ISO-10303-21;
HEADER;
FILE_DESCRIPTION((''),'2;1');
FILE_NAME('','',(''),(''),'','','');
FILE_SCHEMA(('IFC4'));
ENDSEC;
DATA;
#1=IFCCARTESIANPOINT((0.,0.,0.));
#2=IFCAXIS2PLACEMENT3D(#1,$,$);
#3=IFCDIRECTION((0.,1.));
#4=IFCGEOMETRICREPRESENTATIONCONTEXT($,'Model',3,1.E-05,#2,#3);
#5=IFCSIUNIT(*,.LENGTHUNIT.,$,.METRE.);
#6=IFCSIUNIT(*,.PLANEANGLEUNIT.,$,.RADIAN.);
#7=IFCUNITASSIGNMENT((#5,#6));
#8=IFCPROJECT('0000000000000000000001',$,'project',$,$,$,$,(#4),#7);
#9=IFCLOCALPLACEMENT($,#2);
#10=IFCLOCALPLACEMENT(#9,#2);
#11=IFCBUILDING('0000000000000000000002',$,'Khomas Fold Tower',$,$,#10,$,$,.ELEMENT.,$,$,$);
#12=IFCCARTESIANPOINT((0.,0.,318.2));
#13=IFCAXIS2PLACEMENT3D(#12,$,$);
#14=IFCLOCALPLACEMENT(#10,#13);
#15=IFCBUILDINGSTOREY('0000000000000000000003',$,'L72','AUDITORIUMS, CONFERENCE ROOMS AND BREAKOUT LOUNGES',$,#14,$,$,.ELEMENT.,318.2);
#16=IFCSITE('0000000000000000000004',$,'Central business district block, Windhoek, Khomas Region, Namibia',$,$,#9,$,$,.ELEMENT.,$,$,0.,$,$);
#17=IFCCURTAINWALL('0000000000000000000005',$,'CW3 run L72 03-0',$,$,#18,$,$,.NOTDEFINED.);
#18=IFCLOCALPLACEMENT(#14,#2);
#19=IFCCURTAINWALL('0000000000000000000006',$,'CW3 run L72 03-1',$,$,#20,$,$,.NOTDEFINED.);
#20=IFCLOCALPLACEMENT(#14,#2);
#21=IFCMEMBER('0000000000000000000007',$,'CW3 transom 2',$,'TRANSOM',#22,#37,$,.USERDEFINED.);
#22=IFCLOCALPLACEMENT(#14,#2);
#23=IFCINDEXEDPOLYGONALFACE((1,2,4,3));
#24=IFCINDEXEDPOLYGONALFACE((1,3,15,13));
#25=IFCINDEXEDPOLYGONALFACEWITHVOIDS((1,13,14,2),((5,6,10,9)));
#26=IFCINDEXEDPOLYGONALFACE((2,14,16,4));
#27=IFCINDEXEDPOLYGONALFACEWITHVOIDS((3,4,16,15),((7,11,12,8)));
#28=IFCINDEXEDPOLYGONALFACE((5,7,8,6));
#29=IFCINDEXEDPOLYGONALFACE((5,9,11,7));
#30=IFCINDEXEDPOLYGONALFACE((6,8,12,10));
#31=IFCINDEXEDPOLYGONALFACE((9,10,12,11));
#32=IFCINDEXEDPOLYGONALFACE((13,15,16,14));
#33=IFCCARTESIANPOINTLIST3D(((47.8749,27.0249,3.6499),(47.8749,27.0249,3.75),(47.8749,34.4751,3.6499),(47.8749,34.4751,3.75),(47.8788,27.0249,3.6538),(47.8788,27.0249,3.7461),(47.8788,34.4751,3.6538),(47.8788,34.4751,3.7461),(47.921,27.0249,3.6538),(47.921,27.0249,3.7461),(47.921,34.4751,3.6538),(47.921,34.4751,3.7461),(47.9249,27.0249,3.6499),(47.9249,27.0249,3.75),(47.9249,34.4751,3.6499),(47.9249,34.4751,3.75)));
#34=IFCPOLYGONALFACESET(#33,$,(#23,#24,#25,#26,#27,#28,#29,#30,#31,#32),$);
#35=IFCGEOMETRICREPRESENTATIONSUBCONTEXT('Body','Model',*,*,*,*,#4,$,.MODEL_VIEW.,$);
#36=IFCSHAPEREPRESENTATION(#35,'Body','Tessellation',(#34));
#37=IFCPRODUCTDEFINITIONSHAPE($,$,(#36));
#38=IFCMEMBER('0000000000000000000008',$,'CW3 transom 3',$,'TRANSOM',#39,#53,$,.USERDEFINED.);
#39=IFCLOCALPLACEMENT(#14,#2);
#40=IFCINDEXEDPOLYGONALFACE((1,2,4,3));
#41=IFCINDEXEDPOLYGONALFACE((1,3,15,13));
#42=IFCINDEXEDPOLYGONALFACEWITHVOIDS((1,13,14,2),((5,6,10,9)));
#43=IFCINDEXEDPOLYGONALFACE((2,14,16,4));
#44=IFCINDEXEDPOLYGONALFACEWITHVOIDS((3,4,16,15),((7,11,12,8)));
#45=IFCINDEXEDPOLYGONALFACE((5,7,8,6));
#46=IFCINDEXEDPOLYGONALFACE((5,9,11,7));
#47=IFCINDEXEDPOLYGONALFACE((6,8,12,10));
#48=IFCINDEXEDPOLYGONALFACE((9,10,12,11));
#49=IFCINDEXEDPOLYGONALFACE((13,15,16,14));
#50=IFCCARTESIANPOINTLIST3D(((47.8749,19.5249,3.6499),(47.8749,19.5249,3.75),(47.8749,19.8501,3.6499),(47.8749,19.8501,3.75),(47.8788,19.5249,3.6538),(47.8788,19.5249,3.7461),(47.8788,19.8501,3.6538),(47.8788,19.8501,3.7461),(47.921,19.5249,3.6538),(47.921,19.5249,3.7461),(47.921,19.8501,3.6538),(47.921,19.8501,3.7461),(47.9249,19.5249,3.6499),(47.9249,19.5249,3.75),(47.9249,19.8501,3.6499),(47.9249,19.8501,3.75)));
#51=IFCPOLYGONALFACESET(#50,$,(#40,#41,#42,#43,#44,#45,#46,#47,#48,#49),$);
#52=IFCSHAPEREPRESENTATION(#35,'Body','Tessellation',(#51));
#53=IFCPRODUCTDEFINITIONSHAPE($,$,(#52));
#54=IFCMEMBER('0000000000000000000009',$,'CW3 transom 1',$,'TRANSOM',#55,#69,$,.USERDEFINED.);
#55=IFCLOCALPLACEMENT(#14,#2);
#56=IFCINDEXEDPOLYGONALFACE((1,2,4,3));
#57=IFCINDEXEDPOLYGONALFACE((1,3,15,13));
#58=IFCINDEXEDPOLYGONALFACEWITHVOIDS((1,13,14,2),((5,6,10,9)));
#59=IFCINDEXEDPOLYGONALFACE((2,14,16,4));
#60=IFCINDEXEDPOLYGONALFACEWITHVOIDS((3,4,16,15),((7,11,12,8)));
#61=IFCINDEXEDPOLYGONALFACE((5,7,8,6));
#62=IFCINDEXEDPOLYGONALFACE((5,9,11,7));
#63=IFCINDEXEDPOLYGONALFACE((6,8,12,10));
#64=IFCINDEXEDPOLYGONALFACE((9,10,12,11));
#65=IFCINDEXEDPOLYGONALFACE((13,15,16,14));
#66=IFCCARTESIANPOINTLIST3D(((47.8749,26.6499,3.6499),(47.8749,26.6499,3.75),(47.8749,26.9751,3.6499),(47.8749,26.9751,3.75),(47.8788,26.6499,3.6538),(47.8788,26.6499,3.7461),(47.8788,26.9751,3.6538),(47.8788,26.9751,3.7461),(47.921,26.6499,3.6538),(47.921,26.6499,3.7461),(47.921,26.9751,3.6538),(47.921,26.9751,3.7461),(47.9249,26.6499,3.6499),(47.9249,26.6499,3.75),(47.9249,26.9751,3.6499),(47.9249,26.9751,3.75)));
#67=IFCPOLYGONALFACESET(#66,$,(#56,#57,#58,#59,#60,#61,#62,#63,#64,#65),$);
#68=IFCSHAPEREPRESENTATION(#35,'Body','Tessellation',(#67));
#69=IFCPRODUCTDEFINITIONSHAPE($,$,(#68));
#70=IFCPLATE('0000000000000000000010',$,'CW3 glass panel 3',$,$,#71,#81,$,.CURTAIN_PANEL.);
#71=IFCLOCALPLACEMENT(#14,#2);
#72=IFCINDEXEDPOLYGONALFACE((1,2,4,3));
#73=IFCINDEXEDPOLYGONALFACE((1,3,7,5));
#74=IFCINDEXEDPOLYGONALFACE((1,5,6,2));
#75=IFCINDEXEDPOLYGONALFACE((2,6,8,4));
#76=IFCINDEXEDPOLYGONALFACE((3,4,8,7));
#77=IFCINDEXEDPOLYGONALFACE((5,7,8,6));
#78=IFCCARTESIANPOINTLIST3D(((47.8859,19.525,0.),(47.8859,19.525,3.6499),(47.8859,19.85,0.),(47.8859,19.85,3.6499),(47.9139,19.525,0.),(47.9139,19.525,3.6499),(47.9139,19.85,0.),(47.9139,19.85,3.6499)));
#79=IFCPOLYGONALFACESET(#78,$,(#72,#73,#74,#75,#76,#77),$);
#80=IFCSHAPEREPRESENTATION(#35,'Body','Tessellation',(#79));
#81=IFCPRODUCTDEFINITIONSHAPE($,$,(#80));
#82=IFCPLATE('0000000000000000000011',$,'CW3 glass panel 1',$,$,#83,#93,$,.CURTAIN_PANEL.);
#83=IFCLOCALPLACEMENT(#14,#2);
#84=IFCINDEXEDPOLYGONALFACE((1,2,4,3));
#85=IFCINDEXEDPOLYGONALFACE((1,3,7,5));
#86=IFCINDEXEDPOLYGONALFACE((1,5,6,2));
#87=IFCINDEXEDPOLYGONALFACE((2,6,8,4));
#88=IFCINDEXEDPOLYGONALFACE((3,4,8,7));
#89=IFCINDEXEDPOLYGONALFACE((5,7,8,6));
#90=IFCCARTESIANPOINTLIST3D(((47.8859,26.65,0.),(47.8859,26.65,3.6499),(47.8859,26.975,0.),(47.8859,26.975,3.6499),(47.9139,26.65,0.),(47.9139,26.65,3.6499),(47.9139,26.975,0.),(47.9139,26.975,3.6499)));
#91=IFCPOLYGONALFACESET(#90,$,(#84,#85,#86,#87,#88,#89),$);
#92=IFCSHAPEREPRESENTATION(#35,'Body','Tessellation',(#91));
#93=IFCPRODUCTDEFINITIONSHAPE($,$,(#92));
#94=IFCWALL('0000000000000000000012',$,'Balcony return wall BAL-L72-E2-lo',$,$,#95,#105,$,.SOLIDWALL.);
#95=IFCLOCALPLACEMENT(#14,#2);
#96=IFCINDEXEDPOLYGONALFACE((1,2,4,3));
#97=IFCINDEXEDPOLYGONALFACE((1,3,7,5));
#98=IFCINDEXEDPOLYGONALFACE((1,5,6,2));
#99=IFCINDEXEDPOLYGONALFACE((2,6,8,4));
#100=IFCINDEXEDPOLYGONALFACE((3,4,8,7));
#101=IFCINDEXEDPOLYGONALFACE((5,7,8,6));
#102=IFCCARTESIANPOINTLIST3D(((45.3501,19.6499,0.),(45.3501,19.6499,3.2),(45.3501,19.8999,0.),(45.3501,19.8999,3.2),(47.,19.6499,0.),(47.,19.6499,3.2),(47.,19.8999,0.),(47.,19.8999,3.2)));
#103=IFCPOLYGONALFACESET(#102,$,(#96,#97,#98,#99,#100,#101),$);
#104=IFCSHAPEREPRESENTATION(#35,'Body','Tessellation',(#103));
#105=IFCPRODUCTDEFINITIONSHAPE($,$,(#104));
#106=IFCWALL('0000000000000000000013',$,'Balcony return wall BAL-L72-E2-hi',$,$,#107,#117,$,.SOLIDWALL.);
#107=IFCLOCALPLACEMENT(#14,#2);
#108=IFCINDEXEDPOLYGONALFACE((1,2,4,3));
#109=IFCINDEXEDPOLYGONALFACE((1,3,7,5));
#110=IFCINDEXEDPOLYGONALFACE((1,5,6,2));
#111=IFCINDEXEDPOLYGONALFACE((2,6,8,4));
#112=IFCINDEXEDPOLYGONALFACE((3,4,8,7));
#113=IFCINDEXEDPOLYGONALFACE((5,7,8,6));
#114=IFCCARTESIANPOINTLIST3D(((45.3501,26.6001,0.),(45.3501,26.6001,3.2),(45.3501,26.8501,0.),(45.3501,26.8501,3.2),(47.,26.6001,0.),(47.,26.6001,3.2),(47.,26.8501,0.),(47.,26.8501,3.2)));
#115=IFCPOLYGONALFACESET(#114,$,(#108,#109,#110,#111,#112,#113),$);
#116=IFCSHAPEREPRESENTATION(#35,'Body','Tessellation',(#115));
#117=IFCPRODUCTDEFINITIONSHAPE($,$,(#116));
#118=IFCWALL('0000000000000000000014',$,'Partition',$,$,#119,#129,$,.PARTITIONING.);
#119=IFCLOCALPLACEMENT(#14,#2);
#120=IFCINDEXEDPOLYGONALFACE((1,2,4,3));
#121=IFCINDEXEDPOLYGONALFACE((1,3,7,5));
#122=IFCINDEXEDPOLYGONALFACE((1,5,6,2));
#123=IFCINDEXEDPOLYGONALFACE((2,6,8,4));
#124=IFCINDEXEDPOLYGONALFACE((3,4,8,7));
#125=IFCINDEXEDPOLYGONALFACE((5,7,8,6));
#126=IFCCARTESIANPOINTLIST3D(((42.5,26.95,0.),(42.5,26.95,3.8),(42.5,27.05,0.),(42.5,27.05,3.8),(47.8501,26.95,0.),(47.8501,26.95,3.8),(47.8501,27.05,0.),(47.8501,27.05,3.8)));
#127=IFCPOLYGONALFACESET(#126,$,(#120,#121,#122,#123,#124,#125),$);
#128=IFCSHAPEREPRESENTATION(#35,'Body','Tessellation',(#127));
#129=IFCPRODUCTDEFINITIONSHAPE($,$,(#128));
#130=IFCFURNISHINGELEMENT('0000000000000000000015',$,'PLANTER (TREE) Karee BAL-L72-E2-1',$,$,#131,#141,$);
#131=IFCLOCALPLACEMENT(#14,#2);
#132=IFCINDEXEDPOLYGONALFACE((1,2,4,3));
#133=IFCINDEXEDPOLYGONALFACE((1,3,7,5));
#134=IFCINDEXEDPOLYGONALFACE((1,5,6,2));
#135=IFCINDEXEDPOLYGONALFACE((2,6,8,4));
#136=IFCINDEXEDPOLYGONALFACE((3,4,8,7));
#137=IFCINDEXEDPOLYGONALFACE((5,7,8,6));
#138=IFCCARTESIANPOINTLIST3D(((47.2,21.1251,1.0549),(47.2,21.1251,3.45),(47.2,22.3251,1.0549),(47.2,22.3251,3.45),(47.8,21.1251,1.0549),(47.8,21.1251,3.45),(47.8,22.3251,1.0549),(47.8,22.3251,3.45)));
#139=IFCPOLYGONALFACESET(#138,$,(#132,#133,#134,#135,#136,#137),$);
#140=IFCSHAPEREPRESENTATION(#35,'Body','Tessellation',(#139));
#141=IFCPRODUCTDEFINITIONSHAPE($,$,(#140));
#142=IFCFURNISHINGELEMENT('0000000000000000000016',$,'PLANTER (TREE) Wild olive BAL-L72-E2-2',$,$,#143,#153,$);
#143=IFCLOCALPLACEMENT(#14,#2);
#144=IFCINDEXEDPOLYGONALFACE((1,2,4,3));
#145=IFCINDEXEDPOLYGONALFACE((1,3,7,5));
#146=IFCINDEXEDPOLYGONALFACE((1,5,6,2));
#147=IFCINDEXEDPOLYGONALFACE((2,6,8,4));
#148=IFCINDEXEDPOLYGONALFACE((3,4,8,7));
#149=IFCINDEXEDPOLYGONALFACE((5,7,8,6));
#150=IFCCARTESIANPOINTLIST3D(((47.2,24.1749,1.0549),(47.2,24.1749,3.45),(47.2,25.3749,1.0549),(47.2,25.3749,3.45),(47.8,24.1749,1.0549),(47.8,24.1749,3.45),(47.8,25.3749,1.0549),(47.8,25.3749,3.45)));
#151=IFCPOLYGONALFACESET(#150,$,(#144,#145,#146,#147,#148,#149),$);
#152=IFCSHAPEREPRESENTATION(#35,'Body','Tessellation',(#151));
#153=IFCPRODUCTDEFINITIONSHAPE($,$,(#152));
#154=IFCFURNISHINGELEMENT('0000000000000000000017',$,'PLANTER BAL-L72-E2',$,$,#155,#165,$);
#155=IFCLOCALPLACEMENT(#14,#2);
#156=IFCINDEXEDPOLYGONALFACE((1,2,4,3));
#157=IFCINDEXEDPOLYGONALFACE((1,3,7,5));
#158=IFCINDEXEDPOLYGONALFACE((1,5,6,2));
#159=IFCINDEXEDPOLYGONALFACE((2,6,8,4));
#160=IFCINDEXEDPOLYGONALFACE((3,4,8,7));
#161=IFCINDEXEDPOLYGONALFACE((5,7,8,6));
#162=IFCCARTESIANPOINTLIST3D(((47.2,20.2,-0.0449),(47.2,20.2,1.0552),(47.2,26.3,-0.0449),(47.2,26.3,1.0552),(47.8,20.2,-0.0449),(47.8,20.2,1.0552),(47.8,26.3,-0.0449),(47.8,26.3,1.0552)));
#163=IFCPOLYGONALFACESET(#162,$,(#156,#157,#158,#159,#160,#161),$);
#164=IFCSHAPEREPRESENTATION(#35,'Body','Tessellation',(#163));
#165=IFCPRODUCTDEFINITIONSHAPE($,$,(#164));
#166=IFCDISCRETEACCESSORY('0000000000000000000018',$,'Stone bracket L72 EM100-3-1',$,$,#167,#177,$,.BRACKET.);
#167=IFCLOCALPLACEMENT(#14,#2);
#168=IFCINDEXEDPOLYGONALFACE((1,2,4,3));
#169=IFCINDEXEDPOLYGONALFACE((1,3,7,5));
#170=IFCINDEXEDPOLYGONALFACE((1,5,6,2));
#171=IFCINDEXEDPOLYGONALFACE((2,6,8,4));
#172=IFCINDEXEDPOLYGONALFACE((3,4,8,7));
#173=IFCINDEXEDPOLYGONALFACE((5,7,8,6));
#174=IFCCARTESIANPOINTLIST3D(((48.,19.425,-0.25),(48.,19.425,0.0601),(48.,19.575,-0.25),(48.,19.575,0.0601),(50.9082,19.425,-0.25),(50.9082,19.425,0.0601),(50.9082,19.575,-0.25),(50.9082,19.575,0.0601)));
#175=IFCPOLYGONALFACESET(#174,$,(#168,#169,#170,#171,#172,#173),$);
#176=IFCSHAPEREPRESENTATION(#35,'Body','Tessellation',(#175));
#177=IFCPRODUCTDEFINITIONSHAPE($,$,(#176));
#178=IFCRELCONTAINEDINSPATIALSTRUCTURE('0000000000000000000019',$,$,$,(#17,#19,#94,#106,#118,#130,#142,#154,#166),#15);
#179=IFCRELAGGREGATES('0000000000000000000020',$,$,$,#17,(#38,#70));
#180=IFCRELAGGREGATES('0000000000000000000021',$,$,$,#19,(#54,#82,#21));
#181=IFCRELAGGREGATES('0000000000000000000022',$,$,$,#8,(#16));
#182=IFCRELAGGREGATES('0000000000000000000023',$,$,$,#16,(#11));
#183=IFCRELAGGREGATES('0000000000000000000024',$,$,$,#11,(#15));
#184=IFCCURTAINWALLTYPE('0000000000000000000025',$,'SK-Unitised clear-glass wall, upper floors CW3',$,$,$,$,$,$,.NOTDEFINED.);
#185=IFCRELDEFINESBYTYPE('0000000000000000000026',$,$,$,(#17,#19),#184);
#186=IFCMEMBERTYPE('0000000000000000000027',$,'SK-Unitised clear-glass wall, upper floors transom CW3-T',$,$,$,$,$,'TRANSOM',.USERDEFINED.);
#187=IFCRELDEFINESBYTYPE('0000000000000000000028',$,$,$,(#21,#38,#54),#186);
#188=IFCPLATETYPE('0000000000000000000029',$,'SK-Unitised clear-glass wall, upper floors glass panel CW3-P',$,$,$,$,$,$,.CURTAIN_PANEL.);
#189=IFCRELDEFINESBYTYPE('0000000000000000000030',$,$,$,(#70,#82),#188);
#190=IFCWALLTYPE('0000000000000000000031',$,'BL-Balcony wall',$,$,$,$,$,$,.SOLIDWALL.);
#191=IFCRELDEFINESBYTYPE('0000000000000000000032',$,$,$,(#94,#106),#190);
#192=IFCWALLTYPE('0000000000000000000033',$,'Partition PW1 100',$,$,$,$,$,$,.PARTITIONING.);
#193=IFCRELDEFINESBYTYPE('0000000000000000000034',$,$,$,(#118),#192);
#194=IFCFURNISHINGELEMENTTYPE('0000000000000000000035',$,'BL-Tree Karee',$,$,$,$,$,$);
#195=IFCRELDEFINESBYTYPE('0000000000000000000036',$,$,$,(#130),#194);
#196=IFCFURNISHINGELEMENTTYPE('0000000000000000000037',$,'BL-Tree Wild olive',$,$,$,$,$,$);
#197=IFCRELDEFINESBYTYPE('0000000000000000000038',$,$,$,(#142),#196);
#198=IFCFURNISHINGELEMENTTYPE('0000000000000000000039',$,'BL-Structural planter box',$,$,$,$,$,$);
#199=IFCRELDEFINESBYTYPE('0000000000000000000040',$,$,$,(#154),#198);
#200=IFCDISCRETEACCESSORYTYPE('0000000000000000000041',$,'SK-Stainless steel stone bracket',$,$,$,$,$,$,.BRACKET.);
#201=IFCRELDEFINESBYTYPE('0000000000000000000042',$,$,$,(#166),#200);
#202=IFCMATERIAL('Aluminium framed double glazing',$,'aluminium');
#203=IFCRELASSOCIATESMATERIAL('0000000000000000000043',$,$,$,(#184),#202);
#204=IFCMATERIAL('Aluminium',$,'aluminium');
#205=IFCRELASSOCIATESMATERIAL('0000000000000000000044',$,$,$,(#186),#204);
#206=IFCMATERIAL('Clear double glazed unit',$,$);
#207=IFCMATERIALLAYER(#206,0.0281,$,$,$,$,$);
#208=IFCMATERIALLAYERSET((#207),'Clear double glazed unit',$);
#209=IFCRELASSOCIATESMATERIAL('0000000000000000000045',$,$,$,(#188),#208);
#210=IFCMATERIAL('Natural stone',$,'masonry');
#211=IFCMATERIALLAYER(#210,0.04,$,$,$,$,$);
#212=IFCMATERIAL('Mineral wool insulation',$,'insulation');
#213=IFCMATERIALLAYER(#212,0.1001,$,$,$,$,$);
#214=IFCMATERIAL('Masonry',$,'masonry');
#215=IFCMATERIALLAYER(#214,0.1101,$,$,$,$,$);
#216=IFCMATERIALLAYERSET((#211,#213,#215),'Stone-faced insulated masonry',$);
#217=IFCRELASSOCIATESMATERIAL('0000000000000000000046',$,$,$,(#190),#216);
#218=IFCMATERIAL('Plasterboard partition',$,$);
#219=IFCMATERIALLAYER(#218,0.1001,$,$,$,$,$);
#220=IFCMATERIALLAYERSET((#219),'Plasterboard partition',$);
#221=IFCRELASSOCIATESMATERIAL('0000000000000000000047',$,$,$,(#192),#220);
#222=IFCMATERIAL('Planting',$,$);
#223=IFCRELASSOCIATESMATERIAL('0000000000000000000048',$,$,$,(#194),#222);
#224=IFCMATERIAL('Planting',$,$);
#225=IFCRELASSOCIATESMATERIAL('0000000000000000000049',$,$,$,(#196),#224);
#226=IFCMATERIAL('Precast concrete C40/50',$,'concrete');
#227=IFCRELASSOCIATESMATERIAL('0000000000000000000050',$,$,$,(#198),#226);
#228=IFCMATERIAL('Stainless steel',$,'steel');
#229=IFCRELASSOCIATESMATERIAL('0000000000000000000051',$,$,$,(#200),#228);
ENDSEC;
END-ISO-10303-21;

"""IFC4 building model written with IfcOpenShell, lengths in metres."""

from ifc_helpers import new_model, si_unit, direction, frame, frame_2d, origin, origin_2d, place, context, subcontext, project, spatial, rectangle, hollow_rectangle, extrude, source, transform, mapped, material, layer, layer_set, material_profile, profile_set, type_object, element, aggregate, save


model = new_model("IFC4")

# Units and contexts
model_context = context("Model", 3, precision=1e-05, world=origin(), true_north=direction((0.0, 1.0)))
body_context = subcontext(model_context, "Body", "Model", "MODEL_VIEW")
ifc_project = project(units=[si_unit("LENGTHUNIT", "METRE"), si_unit("PLANEANGLEUNIT", "RADIAN")], contexts=[model_context])

# Site, building, storey
site_placement = place(None, origin())
site = spatial("IfcSite", under=ifc_project, at=site_placement, Name="Central business district block, Windhoek, Khomas Region, Namibia", CompositionType="ELEMENT", RefElevation=0.0)
building_placement = place(site_placement, origin())
building = spatial("IfcBuilding", under=site, at=building_placement, Name="Khomas Fold Tower", CompositionType="ELEMENT")
storey_placement = place(building_placement, frame((0.0, 0.0, 318.2)))
storey = spatial("IfcBuildingStorey", under=building, at=storey_placement, Name="L72", Description="AUDITORIUMS, CONFERENCE ROOMS AND BREAKOUT LOUNGES", CompositionType="ELEMENT", Elevation=318.2)

# Curtain walls, member
ifc_material_1 = material(Name="Aluminium framed double glazing", Category="aluminium")
curtain_wall_type = type_object("IfcCurtainWallType", Name="SK-Unitised clear-glass wall, upper floors CW3", PredefinedType="NOTDEFINED", material=ifc_material_1)
curtain_wall_1_placement = place(storey_placement, origin())
curtain_wall_1 = element("IfcCurtainWall", 1, at=curtain_wall_1_placement, inside=storey, type_object=curtain_wall_type, Name="CW3 run L72 03-0", PredefinedType="NOTDEFINED")
curtain_wall_2_placement = place(storey_placement, origin())
curtain_wall_2 = element("IfcCurtainWall", 2, at=curtain_wall_2_placement, inside=storey, type_object=curtain_wall_type, Name="CW3 run L72 03-1", PredefinedType="NOTDEFINED")
ifc_material_2 = material(Name="Aluminium", Category="aluminium")
ifc_material_profile_1 = material_profile(ifc_material_2, hollow_rectangle(XDim=0.05, YDim=0.1001, WallThickness=0.0039, at=origin_2d()), Name="SK-Unitised clear-glass wall, upper floors transom CW3-T")
ifc_profile_set_1 = profile_set([ifc_material_profile_1], Name="Aluminium")
member_type_1 = type_object("IfcMemberType", Name="SK-Unitised clear-glass wall, upper floors transom CW3-T", ElementType="TRANSOM", PredefinedType="USERDEFINED", material=ifc_profile_set_1)
shared_shape_1 = source(origin(), body_context, "Body", "SweptSolid", [
    extrude(hollow_rectangle(XDim=0.05, YDim=0.1001, WallThickness=0.0039, at=origin_2d()), origin(), (0.0, 0.0, 1.0), 7.4502),
])
member_1_placement = place(storey_placement, frame((47.8999, 27.0249, 3.7), z_axis=(0.0, 1.0, 0.0), x_axis=(-1.0, 0.0, 0.0)))
member_1 = element("IfcMember", 3, at=member_1_placement, type_object=member_type_1, Name="CW3 transom 2", ObjectType="TRANSOM", PredefinedType="USERDEFINED", context=body_context, shape_type="MappedRepresentation", body=[
    mapped(shared_shape_1, transform((0.0, 0.0, 0.0))),
])

# Members
shared_shape_2 = source(origin(), body_context, "Body", "SweptSolid", [
    extrude(hollow_rectangle(XDim=0.05, YDim=0.1001, WallThickness=0.0039, at=origin_2d()), origin(), (0.0, 0.0, 1.0), 0.3252),
])
member_2_placement = place(storey_placement, frame((47.8999, 19.5249, 3.7), z_axis=(0.0, 1.0, 0.0), x_axis=(-1.0, 0.0, 0.0)))
member_2 = element("IfcMember", 4, at=member_2_placement, type_object=member_type_1, Name="CW3 transom 3", ObjectType="TRANSOM", PredefinedType="USERDEFINED", context=body_context, shape_type="MappedRepresentation", body=[
    mapped(shared_shape_2, transform((0.0, 0.0, 0.0))),
])
member_3_placement = place(storey_placement, frame((47.8999, 26.6499, 3.7), z_axis=(0.0, 1.0, 0.0), x_axis=(-1.0, 0.0, 0.0)))
member_3 = element("IfcMember", 5, at=member_3_placement, type_object=member_type_1, Name="CW3 transom 1", ObjectType="TRANSOM", PredefinedType="USERDEFINED", context=body_context, shape_type="MappedRepresentation", body=[
    mapped(shared_shape_2, transform((0.0, 0.0, 0.0))),
])

# Plates
ifc_material_3 = material(Name="Clear double glazed unit")
ifc_layer_1 = layer(ifc_material_3, 0.0281)
ifc_layer_set_1 = layer_set([ifc_layer_1], Name="Clear double glazed unit")
plate_type = type_object("IfcPlateType", Name="SK-Unitised clear-glass wall, upper floors glass panel CW3-P", PredefinedType="CURTAIN_PANEL", material=ifc_layer_set_1)
shared_shape_3 = source(origin(), body_context, "Body", "SweptSolid", [
    extrude(rectangle(XDim=0.325, YDim=0.0281, at=origin_2d()), origin(), (0.0, 0.0, 1.0), 3.6499),
])
plate_1_placement = place(storey_placement, frame((47.8999, 19.6875, 0.0), z_axis=(0.0, 0.0, 1.0), x_axis=(0.0, 1.0, 0.0)))
plate_1 = element("IfcPlate", 6, at=plate_1_placement, type_object=plate_type, Name="CW3 glass panel 3", PredefinedType="CURTAIN_PANEL", context=body_context, shape_type="MappedRepresentation", body=[
    mapped(shared_shape_3, transform((0.0, 0.0, 0.0))),
])
aggregate(curtain_wall_1, [member_2, plate_1])
plate_2_placement = place(storey_placement, frame((47.8999, 26.8125, 0.0), z_axis=(0.0, 0.0, 1.0), x_axis=(0.0, 1.0, 0.0)))
plate_2 = element("IfcPlate", 7, at=plate_2_placement, type_object=plate_type, Name="CW3 glass panel 1", PredefinedType="CURTAIN_PANEL", context=body_context, shape_type="MappedRepresentation", body=[
    mapped(shared_shape_3, transform((0.0, 0.0, 0.0))),
])
aggregate(curtain_wall_2, [member_3, plate_2, member_1])

# Shared definitions
ifc_material_4 = material(Name="Natural stone", Category="masonry")
ifc_layer_2 = layer(ifc_material_4, 0.04)
ifc_material_5 = material(Name="Mineral wool insulation", Category="insulation")
ifc_layer_3 = layer(ifc_material_5, 0.1001)
ifc_material_6 = material(Name="Masonry", Category="masonry")
ifc_layer_4 = layer(ifc_material_6, 0.1101)
ifc_layer_set_2 = layer_set([ifc_layer_2, ifc_layer_3, ifc_layer_4], Name="Stone-faced insulated masonry")
wall_type_1 = type_object("IfcWallType", Name="BL-Balcony wall", PredefinedType="SOLIDWALL", material=ifc_layer_set_2)

# Walls
shared_shape_4 = source(origin(), body_context, "Body", "SweptSolid", [
    extrude(rectangle(XDim=1.6499, YDim=0.25, at=frame_2d((0.825, 0.0))), origin(), (0.0, 0.0, 1.0), 3.2),
])
for number, where, z_axis, x_axis, name in (
    (8, (47.0, 19.7749, 0.0), (0.0, 0.0, 1.0), (-1.0, 0.0, 0.0), "Balcony return wall BAL-L72-E2-lo"),
    (9, (47.0, 26.7251, 0.0), (0.0, 0.0, 1.0), (-1.0, 0.0, 0.0), "Balcony return wall BAL-L72-E2-hi"),
):
    element("IfcWall", number, at=place(storey_placement, frame(where, z_axis=z_axis, x_axis=x_axis)), inside=storey, type_object=wall_type_1, Name=name, PredefinedType="SOLIDWALL", context=body_context, shape_type="MappedRepresentation", body=[
        mapped(shared_shape_4, transform((0.0, 0.0, 0.0))),
    ])
ifc_material_7 = material(Name="Plasterboard partition")
ifc_layer_5 = layer(ifc_material_7, 0.1001)
ifc_layer_set_3 = layer_set([ifc_layer_5], Name="Plasterboard partition")
wall_type_2 = type_object("IfcWallType", Name="Partition PW1 100", PredefinedType="PARTITIONING", material=ifc_layer_set_3)
shared_shape_5 = source(origin(), body_context, "Body", "SweptSolid", [
    extrude(rectangle(XDim=5.3501, YDim=0.1001, at=frame_2d((2.675, 0.0))), origin(), (0.0, 0.0, 1.0), 3.8),
])
wall_1_placement = place(storey_placement, frame((42.5, 27.0, 0.0), z_axis=(0.0, 0.0, 1.0), x_axis=(1.0, 0.0, 0.0)))
element("IfcWall", 10, at=wall_1_placement, inside=storey, type_object=wall_type_2, Name="Partition", PredefinedType="PARTITIONING", context=body_context, shape_type="MappedRepresentation", body=[
    mapped(shared_shape_5, transform((0.0, 0.0, 0.0))),
])

# Furnishing elements
ifc_material_8 = material(Name="Planting")
furnishing_element_type_1 = type_object("IfcFurnishingElementType", Name="BL-Tree Karee", material=ifc_material_8)
shared_shape_6 = source(origin(), body_context, "Body", "SweptSolid", [
    extrude(rectangle(XDim=1.2, YDim=0.6001, at=origin_2d()), origin(), (0.0, 0.0, 1.0), 2.395),
])
furnishing_1_placement = place(storey_placement, frame((47.5, 21.7251, 1.0549), z_axis=(0.0, 0.0, 1.0), x_axis=(0.0, 1.0, 0.0)))
element("IfcFurnishingElement", 11, at=furnishing_1_placement, inside=storey, type_object=furnishing_element_type_1, Name="PLANTER (TREE) Karee BAL-L72-E2-1", context=body_context, shape_type="MappedRepresentation", body=[
    mapped(shared_shape_6, transform((0.0, 0.0, 0.0))),
])
ifc_material_9 = material(Name="Planting")
furnishing_element_type_2 = type_object("IfcFurnishingElementType", Name="BL-Tree Wild olive", material=ifc_material_9)
furnishing_2_placement = place(storey_placement, frame((47.5, 24.7749, 1.0549), z_axis=(0.0, 0.0, 1.0), x_axis=(0.0, 1.0, 0.0)))
element("IfcFurnishingElement", 12, at=furnishing_2_placement, inside=storey, type_object=furnishing_element_type_2, Name="PLANTER (TREE) Wild olive BAL-L72-E2-2", context=body_context, shape_type="MappedRepresentation", body=[
    mapped(shared_shape_6, transform((0.0, 0.0, 0.0))),
])
ifc_material_10 = material(Name="Precast concrete C40/50", Category="concrete")
furnishing_element_type_3 = type_object("IfcFurnishingElementType", Name="BL-Structural planter box", material=ifc_material_10)
shared_shape_7 = source(origin(), body_context, "Body", "SweptSolid", [
    extrude(rectangle(XDim=6.1001, YDim=0.6001, at=origin_2d()), origin(), (0.0, 0.0, 1.0), 1.1001),
])
furnishing_3_placement = place(storey_placement, frame((47.5, 23.25, -0.0449), z_axis=(0.0, 0.0, 1.0), x_axis=(0.0, 1.0, 0.0)))
element("IfcFurnishingElement", 13, at=furnishing_3_placement, inside=storey, type_object=furnishing_element_type_3, Name="PLANTER BAL-L72-E2", context=body_context, shape_type="MappedRepresentation", body=[
    mapped(shared_shape_7, transform((0.0, 0.0, 0.0))),
])

# Discrete accessory
ifc_material_11 = material(Name="Stainless steel", Category="steel")
discrete_accessory_type = type_object("IfcDiscreteAccessoryType", Name="SK-Stainless steel stone bracket", PredefinedType="BRACKET", material=ifc_material_11)
shared_shape_8 = source(origin(), body_context, "Body", "SweptSolid", [
    extrude(rectangle(XDim=2.9082, YDim=0.1499, at=origin_2d()), origin(), (0.0, 0.0, 1.0), 0.3101),
])
discrete_accessory_placement = place(storey_placement, frame((49.4541, 19.5, -0.25), z_axis=(0.0, 0.0, 1.0), x_axis=(1.0, 0.0, 0.0)))
element("IfcDiscreteAccessory", 14, at=discrete_accessory_placement, inside=storey, type_object=discrete_accessory_type, Name="Stone bracket L72 EM100-3-1", PredefinedType="BRACKET", context=body_context, shape_type="MappedRepresentation", body=[
    mapped(shared_shape_8, transform((0.0, 0.0, 0.0))),
])

save(model, "model.ifc")
